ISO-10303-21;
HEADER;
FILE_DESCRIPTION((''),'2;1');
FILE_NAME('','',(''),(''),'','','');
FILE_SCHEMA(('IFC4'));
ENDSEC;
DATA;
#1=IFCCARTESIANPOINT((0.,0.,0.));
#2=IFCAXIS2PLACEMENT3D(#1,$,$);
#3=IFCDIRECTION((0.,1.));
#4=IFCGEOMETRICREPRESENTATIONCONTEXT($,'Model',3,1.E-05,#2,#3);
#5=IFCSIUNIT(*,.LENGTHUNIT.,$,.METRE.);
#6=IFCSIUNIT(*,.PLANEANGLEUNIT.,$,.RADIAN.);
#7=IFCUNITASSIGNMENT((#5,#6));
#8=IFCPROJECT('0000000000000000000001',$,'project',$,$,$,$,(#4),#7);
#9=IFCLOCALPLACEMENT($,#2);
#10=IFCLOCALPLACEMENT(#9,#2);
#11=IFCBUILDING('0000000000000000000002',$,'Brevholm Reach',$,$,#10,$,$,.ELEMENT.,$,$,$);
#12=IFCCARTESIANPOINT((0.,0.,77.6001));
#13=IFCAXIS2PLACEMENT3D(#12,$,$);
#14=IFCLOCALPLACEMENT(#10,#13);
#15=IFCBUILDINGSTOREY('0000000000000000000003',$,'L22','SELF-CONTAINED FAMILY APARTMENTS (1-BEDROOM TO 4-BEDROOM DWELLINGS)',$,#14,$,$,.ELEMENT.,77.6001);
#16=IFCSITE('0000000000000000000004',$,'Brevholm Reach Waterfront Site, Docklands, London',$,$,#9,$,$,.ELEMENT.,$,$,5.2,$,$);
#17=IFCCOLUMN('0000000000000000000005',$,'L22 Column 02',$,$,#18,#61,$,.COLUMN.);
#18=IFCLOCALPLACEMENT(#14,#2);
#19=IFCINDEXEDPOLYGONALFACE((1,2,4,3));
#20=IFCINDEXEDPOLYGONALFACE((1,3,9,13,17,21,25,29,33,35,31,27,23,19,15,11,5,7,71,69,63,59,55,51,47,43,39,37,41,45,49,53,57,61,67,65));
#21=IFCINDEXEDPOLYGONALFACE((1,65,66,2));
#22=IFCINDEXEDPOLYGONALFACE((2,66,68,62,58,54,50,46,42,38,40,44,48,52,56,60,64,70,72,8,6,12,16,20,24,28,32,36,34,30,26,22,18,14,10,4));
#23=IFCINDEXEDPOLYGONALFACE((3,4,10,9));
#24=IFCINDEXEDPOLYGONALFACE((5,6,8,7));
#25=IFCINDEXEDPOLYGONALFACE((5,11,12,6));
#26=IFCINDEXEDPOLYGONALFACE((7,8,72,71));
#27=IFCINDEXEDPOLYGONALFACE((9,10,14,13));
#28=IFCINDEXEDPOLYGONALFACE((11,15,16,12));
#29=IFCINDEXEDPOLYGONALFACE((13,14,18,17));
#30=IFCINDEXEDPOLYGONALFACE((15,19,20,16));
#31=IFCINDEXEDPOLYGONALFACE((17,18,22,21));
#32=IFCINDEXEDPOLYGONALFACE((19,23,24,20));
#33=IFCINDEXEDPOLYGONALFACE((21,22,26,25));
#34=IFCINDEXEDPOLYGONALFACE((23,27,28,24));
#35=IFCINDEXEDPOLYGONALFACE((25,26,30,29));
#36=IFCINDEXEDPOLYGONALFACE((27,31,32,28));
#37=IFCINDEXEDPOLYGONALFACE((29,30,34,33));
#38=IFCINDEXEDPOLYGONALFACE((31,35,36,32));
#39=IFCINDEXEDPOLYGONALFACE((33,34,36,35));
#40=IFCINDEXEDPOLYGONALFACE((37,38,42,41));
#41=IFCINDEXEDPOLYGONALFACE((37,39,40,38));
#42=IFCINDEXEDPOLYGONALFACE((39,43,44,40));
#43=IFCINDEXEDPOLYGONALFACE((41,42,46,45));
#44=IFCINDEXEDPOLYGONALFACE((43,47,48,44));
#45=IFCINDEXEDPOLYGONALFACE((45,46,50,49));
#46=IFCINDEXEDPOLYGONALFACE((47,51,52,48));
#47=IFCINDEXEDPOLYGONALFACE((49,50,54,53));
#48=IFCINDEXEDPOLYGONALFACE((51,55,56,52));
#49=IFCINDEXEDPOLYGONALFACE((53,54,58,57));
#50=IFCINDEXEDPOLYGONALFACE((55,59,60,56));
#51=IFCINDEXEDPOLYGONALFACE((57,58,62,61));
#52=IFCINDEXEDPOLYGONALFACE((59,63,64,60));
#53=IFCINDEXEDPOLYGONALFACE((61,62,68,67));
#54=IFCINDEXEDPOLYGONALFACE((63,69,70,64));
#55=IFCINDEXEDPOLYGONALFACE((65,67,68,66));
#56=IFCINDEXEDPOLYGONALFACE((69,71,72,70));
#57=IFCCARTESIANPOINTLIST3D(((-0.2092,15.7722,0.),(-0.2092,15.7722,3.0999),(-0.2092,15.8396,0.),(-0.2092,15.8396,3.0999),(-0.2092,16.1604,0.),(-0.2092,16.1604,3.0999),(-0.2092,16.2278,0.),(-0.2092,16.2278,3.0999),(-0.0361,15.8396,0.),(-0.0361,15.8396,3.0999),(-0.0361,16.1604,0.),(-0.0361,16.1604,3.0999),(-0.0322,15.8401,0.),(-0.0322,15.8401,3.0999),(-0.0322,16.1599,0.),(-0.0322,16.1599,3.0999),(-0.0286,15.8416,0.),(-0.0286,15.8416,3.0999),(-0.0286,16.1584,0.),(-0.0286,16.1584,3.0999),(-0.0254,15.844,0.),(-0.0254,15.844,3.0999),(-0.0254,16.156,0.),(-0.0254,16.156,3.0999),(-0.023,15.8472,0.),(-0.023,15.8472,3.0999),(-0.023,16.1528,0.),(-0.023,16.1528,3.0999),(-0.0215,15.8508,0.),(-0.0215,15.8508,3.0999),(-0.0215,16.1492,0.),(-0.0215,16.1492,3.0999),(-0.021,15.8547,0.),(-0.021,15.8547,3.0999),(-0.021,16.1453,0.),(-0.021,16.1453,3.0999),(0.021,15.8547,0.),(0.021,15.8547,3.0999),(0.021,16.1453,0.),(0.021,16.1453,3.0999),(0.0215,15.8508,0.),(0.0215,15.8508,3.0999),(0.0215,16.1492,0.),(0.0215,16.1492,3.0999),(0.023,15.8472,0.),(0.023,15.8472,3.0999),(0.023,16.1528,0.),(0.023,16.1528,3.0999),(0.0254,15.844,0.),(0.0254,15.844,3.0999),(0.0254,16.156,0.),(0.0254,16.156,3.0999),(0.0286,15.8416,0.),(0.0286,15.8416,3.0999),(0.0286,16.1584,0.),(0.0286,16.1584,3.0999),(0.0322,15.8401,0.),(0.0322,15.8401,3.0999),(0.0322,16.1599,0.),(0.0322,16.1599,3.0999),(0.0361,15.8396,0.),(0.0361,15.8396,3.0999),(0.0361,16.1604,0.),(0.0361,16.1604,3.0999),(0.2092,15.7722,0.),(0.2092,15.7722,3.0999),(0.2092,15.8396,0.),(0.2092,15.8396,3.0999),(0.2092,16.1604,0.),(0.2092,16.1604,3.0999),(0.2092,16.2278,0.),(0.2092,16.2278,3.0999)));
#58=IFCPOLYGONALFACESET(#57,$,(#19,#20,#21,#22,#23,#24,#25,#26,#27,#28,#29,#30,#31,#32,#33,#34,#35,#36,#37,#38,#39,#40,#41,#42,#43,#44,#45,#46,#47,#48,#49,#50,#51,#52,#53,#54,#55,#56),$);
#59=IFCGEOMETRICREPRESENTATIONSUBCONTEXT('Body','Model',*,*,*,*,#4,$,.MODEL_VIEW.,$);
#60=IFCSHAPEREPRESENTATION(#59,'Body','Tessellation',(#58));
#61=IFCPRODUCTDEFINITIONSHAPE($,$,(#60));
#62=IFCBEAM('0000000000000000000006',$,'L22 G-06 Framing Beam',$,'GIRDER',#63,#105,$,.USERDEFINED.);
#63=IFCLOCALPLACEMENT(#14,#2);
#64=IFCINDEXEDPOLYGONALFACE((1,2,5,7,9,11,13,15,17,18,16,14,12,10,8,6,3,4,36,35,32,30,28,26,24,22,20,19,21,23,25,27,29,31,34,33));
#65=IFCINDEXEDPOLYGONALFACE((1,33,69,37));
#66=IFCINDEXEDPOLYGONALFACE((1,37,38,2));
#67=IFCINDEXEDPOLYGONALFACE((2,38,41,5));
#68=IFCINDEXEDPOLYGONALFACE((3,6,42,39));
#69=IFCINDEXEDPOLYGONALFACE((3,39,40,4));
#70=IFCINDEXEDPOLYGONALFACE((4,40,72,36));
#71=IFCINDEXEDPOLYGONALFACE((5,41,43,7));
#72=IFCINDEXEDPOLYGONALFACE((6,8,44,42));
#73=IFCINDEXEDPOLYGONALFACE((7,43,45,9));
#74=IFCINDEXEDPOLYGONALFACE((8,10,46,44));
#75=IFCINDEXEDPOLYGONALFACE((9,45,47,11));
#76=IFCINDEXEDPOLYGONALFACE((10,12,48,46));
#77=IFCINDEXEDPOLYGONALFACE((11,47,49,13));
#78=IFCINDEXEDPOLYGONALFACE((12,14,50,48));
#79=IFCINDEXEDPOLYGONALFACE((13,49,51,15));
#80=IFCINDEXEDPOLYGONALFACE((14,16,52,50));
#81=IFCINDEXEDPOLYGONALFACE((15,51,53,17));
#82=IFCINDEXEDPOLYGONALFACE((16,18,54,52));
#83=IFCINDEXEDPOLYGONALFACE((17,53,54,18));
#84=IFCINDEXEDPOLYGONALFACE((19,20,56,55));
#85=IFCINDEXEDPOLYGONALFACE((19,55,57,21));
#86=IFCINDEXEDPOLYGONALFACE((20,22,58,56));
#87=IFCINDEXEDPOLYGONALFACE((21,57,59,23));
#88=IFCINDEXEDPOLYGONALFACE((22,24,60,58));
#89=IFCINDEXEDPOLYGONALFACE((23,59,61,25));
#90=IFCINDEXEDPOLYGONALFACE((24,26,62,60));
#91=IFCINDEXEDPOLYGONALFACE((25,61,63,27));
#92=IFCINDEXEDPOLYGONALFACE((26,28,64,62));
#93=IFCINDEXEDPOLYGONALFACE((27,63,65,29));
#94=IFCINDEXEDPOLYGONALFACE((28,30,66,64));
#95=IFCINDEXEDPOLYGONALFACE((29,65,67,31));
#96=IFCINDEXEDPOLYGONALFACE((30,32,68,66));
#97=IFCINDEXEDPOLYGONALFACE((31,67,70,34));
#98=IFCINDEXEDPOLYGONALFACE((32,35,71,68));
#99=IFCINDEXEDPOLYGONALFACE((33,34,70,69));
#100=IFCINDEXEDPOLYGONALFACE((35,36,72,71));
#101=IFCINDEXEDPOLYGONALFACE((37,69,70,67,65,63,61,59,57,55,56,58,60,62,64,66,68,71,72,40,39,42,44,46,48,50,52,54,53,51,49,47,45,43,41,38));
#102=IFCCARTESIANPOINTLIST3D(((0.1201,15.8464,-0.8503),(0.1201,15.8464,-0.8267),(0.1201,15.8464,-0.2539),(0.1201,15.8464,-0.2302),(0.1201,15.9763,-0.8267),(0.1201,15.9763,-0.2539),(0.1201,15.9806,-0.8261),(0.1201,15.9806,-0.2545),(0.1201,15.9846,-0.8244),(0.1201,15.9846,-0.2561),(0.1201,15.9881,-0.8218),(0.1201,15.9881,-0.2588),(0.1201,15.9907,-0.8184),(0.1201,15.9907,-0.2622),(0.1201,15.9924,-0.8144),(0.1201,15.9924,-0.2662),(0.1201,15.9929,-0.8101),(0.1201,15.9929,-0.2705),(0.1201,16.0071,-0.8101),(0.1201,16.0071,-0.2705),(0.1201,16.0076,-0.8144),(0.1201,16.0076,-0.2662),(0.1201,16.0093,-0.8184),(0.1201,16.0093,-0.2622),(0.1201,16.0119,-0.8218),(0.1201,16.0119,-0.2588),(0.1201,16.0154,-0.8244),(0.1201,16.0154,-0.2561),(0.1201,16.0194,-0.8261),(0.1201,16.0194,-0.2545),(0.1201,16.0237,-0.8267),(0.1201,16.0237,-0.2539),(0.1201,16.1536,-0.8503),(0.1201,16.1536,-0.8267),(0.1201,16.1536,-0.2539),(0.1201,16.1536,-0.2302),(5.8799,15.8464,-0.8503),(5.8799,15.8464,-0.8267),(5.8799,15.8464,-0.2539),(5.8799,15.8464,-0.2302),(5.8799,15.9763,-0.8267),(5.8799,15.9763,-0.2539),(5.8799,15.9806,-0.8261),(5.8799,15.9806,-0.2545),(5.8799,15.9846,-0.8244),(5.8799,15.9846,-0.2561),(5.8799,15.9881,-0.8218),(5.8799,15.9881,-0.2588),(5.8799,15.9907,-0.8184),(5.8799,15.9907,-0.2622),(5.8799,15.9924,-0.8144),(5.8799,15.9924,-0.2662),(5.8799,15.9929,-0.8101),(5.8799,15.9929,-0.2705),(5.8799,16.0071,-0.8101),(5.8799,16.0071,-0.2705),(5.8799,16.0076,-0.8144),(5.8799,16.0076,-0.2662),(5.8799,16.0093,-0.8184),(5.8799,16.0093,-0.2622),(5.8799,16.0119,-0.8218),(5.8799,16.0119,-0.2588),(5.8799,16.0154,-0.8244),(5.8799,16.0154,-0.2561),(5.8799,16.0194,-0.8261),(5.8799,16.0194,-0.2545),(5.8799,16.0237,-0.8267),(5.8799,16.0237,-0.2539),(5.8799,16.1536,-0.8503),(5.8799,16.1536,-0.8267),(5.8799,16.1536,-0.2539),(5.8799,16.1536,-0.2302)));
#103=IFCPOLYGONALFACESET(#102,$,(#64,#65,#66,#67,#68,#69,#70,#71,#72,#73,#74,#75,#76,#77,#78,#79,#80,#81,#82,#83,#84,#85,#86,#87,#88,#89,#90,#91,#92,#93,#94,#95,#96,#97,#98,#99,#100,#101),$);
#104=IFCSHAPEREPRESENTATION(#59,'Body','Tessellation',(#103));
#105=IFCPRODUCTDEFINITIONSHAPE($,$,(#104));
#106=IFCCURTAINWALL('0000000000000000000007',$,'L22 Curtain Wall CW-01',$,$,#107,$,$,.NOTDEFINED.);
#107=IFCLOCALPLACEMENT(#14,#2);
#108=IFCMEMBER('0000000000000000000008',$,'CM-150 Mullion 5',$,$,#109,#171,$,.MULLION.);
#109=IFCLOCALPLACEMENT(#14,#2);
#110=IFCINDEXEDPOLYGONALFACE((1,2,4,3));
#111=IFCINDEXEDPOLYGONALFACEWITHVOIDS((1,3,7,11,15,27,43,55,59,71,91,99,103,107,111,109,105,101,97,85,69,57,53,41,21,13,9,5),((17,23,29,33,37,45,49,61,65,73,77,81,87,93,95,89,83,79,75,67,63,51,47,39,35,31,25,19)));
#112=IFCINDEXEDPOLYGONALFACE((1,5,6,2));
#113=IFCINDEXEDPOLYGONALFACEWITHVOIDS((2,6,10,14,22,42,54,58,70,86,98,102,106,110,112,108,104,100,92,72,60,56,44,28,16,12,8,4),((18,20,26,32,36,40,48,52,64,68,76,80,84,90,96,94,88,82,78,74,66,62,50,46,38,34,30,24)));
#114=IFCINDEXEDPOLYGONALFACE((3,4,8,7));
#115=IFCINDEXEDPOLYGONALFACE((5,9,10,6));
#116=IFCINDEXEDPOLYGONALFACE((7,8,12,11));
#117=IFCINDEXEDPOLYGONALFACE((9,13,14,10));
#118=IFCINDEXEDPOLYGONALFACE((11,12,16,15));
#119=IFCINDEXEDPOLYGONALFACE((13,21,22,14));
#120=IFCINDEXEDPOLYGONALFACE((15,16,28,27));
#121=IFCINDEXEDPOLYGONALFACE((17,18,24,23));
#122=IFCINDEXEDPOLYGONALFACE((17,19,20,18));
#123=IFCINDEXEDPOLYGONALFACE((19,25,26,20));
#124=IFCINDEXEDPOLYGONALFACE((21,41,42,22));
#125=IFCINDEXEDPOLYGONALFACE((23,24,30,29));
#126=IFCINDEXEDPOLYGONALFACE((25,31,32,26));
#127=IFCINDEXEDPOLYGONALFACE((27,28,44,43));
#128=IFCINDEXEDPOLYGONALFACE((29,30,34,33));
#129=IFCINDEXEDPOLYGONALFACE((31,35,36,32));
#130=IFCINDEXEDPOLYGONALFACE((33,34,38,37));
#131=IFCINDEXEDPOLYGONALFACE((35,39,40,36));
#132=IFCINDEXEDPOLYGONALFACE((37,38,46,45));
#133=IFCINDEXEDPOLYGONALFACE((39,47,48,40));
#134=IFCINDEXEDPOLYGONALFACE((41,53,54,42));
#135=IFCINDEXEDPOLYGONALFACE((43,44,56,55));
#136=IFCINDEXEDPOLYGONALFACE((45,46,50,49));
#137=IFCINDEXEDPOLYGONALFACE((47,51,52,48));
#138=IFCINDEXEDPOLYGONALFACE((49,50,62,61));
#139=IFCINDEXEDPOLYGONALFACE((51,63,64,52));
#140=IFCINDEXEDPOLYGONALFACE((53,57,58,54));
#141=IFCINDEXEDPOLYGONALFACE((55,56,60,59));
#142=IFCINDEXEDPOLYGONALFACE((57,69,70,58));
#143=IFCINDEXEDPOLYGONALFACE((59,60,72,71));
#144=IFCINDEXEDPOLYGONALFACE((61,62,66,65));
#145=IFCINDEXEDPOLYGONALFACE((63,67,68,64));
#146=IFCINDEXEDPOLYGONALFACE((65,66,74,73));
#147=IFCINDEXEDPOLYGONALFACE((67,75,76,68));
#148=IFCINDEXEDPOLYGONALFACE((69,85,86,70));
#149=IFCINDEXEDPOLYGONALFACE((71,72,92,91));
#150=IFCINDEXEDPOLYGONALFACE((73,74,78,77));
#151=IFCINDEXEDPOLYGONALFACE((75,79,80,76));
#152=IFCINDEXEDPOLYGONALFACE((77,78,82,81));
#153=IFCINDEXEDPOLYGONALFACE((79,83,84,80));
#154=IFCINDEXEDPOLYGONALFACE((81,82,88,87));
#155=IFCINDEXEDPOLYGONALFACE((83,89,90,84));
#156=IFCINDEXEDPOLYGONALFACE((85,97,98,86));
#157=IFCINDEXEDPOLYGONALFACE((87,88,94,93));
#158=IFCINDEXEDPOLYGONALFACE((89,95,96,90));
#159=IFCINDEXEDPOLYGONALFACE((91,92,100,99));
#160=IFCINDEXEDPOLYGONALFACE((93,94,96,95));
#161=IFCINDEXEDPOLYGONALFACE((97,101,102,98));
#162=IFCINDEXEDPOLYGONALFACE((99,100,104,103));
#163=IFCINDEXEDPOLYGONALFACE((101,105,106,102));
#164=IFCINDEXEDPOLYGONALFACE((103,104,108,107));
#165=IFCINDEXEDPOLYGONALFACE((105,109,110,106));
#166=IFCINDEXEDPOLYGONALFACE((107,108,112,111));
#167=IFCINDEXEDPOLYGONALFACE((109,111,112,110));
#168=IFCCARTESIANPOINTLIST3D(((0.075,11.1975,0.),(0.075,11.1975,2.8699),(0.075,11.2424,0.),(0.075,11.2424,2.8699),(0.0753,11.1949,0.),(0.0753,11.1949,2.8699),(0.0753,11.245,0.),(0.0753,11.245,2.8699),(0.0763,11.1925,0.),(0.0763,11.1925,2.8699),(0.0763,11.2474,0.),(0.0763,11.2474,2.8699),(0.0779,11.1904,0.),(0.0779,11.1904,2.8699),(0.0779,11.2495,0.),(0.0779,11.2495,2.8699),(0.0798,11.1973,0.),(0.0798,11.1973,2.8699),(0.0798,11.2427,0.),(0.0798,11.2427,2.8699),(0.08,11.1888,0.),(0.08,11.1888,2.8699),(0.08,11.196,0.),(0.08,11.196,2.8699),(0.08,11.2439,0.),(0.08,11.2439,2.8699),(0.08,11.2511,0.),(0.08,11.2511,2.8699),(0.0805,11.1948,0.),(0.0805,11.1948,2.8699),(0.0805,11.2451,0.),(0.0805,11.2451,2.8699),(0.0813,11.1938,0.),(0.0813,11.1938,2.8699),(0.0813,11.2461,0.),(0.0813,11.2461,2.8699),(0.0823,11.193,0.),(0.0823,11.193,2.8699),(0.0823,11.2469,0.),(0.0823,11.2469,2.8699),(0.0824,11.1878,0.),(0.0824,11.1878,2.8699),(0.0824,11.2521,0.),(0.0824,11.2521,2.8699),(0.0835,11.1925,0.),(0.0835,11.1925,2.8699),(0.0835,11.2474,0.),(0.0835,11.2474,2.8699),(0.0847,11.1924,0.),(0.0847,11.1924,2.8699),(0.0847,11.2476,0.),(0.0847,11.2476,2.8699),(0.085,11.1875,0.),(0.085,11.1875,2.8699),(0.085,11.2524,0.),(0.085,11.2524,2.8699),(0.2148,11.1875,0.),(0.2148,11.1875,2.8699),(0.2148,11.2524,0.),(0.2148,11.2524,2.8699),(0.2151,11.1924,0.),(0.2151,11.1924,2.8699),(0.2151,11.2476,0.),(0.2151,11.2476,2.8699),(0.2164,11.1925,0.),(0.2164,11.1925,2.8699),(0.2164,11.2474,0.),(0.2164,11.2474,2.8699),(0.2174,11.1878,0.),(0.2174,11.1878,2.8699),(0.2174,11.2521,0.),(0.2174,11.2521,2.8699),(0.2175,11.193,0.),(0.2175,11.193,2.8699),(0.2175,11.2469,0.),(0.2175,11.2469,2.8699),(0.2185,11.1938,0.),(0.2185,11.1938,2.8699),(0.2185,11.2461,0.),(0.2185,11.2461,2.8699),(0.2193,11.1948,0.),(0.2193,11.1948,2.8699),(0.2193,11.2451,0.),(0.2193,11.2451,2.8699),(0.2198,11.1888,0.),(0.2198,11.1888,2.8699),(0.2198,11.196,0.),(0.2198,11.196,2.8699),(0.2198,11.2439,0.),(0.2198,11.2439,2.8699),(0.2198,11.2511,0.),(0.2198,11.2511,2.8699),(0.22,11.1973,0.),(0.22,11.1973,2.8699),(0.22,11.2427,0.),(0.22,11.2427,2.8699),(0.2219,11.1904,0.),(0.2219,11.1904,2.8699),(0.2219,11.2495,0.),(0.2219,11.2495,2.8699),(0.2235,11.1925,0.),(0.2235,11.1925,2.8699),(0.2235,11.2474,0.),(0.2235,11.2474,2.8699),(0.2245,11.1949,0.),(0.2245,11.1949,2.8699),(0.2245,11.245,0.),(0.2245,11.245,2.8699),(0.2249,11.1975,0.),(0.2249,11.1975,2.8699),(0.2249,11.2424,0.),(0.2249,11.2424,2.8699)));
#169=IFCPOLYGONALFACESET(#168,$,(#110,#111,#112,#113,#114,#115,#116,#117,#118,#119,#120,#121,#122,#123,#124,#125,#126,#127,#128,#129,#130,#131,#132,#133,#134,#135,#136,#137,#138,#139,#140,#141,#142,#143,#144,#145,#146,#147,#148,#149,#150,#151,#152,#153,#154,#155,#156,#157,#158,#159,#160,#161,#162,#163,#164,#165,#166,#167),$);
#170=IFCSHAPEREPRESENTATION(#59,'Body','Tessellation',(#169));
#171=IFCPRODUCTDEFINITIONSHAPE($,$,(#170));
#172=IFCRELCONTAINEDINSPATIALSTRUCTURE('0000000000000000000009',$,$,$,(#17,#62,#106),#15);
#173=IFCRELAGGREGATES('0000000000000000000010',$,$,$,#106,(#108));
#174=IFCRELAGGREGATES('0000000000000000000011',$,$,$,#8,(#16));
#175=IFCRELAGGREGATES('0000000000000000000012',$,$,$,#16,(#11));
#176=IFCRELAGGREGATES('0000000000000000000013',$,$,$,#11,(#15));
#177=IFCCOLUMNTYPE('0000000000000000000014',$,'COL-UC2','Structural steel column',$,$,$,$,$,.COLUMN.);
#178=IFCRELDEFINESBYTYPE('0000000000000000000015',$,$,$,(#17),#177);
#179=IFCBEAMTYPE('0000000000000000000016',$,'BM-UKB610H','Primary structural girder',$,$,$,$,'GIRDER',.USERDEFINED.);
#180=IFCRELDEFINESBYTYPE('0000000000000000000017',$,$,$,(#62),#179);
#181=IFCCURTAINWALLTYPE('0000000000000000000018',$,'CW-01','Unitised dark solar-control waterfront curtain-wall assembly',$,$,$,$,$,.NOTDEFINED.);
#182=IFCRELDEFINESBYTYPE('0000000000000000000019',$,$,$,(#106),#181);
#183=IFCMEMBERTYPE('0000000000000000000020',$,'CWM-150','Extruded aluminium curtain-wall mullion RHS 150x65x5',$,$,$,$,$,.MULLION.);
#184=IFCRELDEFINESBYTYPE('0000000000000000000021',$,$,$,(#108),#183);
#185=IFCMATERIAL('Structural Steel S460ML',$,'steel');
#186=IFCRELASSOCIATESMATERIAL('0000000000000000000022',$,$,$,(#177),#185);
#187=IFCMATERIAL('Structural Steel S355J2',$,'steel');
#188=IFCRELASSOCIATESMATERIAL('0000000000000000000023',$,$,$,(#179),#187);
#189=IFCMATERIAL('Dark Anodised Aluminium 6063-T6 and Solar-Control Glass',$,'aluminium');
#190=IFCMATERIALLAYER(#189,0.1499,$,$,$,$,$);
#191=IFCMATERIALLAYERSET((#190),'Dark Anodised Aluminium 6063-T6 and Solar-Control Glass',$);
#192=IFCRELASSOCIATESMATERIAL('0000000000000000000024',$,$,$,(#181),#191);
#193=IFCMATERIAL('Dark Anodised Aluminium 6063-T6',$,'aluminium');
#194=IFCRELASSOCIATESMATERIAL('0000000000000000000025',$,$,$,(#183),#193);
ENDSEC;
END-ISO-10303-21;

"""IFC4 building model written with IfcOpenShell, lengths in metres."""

from ifc_helpers import new_model, si_unit, direction, frame, origin, origin_2d, place, context, subcontext, project, spatial, hollow_rectangle, i_section, extrude, material, layer, layer_set, material_profile, profile_set, type_object, element, aggregate, save


model = new_model("IFC4")

# Units and contexts
model_context = context("Model", 3, precision=1e-05, world=origin(), true_north=direction((0.0, 1.0)))
body_context = subcontext(model_context, "Body", "Model", "MODEL_VIEW")
ifc_project = project(units=[si_unit("LENGTHUNIT", "METRE"), si_unit("PLANEANGLEUNIT", "RADIAN")], contexts=[model_context])

# Site, building, storey
site_placement = place(None, origin())
site = spatial("IfcSite", under=ifc_project, at=site_placement, Name="Brevholm Reach Waterfront Site, Docklands, London", CompositionType="ELEMENT", RefElevation=5.2)
building_placement = place(site_placement, origin())
building = spatial("IfcBuilding", under=site, at=building_placement, Name="Brevholm Reach", CompositionType="ELEMENT")
storey_placement = place(building_placement, frame((0.0, 0.0, 77.6001)))
storey = spatial("IfcBuildingStorey", under=building, at=storey_placement, Name="L22", Description="SELF-CONTAINED FAMILY APARTMENTS (1-BEDROOM TO 4-BEDROOM DWELLINGS)", CompositionType="ELEMENT", Elevation=77.6001)

# Column
ifc_material_1 = material(Name="Structural Steel S460ML", Category="steel")
ifc_material_profile_1 = material_profile(ifc_material_1, i_section(OverallWidth=0.4185, OverallDepth=0.4556, WebThickness=0.042, FlangeThickness=0.0674, FilletRadius=0.0151, at=origin_2d()), Name="UKC 356x406x551")
ifc_profile_set_1 = profile_set([ifc_material_profile_1], Name="Structural Steel S460ML")
column_type = type_object("IfcColumnType", Name="COL-UC2", Description="Structural steel column", PredefinedType="COLUMN", material=ifc_profile_set_1)
column_placement = place(storey_placement, frame((0.0, 16.0, 0.0), z_axis=(0.0, 0.0, 1.0), x_axis=(1.0, 0.0, 0.0)))
element("IfcColumn", 1, at=column_placement, inside=storey, type_object=column_type, Name="L22 Column 02", PredefinedType="COLUMN", context=body_context, shape_type="SweptSolid", body=[
    extrude(i_section(OverallWidth=0.4185, OverallDepth=0.4556, WebThickness=0.042, FlangeThickness=0.0674, FilletRadius=0.0151, at=origin_2d()), origin(), (0.0, 0.0, 1.0), 3.0999),
])

# Beam
ifc_material_2 = material(Name="Structural Steel S355J2", Category="steel")
ifc_material_profile_2 = material_profile(ifc_material_2, i_section(OverallWidth=0.3071, OverallDepth=0.6201, WebThickness=0.0142, FlangeThickness=0.0237, FilletRadius=0.0166, at=origin_2d()), Name="UKB 610x305x179")
ifc_profile_set_2 = profile_set([ifc_material_profile_2], Name="Structural Steel S355J2")
beam_type = type_object("IfcBeamType", Name="BM-UKB610H", Description="Primary structural girder", ElementType="GIRDER", PredefinedType="USERDEFINED", material=ifc_profile_set_2)
beam_placement = place(storey_placement, frame((0.1201, 16.0, -0.5403), z_axis=(1.0, 0.0, 0.0), x_axis=(0.0, 1.0, 0.0)))
element("IfcBeam", 2, at=beam_placement, inside=storey, type_object=beam_type, Name="L22 G-06 Framing Beam", ObjectType="GIRDER", PredefinedType="USERDEFINED", context=body_context, shape_type="SweptSolid", body=[
    extrude(i_section(OverallWidth=0.3071, OverallDepth=0.6201, WebThickness=0.0142, FlangeThickness=0.0237, FilletRadius=0.0166, at=origin_2d()), origin(), (0.0, 0.0, 1.0), 5.7598),
])

# Curtain wall, member
ifc_material_3 = material(Name="Dark Anodised Aluminium 6063-T6 and Solar-Control Glass", Category="aluminium")
ifc_layer_1 = layer(ifc_material_3, 0.1499)
ifc_layer_set_1 = layer_set([ifc_layer_1], Name="Dark Anodised Aluminium 6063-T6 and Solar-Control Glass")
curtain_wall_type = type_object("IfcCurtainWallType", Name="CW-01", Description="Unitised dark solar-control waterfront curtain-wall assembly", PredefinedType="NOTDEFINED", material=ifc_layer_set_1)
curtain_wall_placement = place(storey_placement, origin())
curtain_wall = element("IfcCurtainWall", 3, at=curtain_wall_placement, inside=storey, type_object=curtain_wall_type, Name="L22 Curtain Wall CW-01", PredefinedType="NOTDEFINED")
ifc_material_4 = material(Name="Dark Anodised Aluminium 6063-T6", Category="aluminium")
ifc_material_profile_3 = material_profile(ifc_material_4, hollow_rectangle(XDim=0.0649, YDim=0.1499, WallThickness=0.0049, InnerFilletRadius=0.0049, OuterFilletRadius=0.01, at=origin_2d()), Name="RHS 150x65x5")
ifc_profile_set_3 = profile_set([ifc_material_profile_3], Name="Dark Anodised Aluminium 6063-T6")
member_type_1 = type_object("IfcMemberType", Name="CWM-150", Description="Extruded aluminium curtain-wall mullion RHS 150x65x5", PredefinedType="MULLION", material=ifc_profile_set_3)
member_1_placement = place(storey_placement, frame((0.1499, 11.22, 0.0), z_axis=(0.0, 0.0, 1.0), x_axis=(0.0, -1.0, 0.0)))
member_1 = element("IfcMember", 4, at=member_1_placement, type_object=member_type_1, Name="CM-150 Mullion 5", PredefinedType="MULLION", context=body_context, shape_type="SweptSolid", body=[
    extrude(hollow_rectangle(XDim=0.0649, YDim=0.1499, WallThickness=0.0049, InnerFilletRadius=0.0049, OuterFilletRadius=0.01, at=origin_2d()), origin(), (0.0, 0.0, 1.0), 2.8699),
])
aggregate(curtain_wall, [member_1])

save(model, "model.ifc")
